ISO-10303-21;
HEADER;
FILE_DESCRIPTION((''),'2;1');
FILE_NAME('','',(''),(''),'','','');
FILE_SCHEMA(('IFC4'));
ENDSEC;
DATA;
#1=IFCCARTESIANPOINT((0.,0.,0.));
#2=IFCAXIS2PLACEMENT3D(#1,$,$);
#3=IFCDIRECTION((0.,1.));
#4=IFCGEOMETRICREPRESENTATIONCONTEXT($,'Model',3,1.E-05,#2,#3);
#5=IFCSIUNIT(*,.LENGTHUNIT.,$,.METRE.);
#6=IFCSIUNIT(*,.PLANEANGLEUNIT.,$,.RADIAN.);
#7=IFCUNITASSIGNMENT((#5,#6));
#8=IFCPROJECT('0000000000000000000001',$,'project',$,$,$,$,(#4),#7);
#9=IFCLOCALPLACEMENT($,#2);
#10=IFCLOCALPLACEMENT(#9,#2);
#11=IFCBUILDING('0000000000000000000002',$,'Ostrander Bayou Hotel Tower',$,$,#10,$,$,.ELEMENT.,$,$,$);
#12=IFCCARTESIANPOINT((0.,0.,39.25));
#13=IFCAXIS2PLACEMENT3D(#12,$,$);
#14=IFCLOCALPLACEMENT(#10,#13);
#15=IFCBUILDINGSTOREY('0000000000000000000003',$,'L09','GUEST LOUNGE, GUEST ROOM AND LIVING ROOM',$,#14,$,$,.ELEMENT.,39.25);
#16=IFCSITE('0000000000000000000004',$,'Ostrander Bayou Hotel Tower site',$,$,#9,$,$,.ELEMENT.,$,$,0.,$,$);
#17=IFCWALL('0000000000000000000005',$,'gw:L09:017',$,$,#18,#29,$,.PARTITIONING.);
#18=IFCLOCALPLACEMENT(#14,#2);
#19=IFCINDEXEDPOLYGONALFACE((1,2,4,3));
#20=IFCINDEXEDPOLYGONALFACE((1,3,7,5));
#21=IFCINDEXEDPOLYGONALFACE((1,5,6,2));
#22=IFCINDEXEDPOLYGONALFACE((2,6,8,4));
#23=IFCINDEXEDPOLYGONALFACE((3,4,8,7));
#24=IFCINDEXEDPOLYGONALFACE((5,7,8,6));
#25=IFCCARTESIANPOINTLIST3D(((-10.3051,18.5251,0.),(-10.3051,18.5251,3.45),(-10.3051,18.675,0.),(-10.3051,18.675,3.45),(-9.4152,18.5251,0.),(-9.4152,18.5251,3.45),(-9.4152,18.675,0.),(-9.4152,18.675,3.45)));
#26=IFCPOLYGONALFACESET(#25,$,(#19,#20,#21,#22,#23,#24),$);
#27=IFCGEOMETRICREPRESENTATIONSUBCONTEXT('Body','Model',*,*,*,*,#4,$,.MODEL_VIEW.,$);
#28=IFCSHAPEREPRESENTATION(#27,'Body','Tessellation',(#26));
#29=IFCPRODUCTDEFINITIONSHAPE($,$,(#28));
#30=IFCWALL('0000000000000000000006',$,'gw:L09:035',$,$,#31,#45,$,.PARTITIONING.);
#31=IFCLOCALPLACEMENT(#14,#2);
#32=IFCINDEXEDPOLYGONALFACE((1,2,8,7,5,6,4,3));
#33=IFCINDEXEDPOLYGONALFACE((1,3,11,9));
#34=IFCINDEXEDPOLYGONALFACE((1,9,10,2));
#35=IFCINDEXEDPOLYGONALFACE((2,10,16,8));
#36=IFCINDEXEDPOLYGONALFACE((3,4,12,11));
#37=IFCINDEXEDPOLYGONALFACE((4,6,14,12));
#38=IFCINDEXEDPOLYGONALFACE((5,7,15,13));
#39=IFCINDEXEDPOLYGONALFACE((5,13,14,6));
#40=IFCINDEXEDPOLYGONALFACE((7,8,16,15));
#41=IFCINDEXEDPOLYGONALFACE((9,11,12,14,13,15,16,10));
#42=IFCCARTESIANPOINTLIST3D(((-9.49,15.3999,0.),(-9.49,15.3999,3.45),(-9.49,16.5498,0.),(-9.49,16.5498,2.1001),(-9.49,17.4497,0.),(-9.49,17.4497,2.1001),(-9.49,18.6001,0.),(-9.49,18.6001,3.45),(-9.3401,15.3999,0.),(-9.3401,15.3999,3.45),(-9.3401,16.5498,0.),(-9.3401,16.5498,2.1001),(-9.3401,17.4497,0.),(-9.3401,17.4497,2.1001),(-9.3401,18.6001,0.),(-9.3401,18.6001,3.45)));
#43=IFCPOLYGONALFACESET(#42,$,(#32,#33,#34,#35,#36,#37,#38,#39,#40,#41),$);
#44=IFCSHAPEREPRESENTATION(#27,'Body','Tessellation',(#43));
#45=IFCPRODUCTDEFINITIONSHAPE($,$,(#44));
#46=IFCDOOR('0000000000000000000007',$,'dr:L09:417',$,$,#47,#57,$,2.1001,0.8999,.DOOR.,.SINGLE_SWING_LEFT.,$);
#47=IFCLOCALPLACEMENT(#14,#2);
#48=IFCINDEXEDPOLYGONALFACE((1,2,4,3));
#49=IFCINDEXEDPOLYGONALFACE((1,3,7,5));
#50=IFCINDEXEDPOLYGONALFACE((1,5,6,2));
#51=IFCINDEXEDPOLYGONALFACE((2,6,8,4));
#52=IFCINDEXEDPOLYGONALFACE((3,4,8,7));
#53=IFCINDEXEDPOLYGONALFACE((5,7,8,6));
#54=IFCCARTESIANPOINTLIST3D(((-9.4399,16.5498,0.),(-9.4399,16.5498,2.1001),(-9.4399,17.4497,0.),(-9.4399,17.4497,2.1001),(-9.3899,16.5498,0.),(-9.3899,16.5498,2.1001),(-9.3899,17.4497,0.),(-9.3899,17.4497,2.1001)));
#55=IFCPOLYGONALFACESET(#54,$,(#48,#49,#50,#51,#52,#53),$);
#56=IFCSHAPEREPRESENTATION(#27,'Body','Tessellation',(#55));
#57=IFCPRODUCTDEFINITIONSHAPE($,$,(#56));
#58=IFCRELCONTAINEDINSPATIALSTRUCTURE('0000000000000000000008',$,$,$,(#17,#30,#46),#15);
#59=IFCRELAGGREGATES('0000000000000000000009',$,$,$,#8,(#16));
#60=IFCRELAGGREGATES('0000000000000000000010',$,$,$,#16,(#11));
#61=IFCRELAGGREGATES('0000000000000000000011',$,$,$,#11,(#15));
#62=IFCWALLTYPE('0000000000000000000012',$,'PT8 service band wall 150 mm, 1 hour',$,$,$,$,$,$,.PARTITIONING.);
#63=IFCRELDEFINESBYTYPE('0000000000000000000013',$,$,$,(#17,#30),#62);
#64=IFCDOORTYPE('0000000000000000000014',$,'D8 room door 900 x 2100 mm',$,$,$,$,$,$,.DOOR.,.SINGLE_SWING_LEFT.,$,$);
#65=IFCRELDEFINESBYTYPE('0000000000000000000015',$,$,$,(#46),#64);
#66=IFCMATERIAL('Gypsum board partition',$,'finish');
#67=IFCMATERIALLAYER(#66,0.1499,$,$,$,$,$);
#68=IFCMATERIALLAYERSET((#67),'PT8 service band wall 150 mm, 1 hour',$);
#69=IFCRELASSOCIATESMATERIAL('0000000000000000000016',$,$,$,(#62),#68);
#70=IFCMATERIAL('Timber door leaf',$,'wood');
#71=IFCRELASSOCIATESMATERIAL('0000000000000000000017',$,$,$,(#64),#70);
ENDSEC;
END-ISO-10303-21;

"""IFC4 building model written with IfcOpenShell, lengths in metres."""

from ifc_helpers import new_model, si_unit, direction, frame, frame_2d, origin, place, context, subcontext, project, spatial, rectangle, extrude, material, layer, layer_set, type_object, element, fill, save


model = new_model("IFC4")

# Units and contexts
model_context = context("Model", 3, precision=1e-05, world=origin(), true_north=direction((0.0, 1.0)))
body_context = subcontext(model_context, "Body", "Model", "MODEL_VIEW")
ifc_project = project(units=[si_unit("LENGTHUNIT", "METRE"), si_unit("PLANEANGLEUNIT", "RADIAN")], contexts=[model_context])

# Site, building, storey
site_placement = place(None, origin())
site = spatial("IfcSite", under=ifc_project, at=site_placement, Name="Ostrander Bayou Hotel Tower site", CompositionType="ELEMENT", RefElevation=0.0)
building_placement = place(site_placement, origin())
building = spatial("IfcBuilding", under=site, at=building_placement, Name="Ostrander Bayou Hotel Tower", CompositionType="ELEMENT")
storey_placement = place(building_placement, frame((0.0, 0.0, 39.25)))
storey = spatial("IfcBuildingStorey", under=building, at=storey_placement, Name="L09", Description="GUEST LOUNGE, GUEST ROOM AND LIVING ROOM", CompositionType="ELEMENT", Elevation=39.25)

# Shared definitions
ifc_material_1 = material(Name="Gypsum board partition", Category="finish")
ifc_layer_1 = layer(ifc_material_1, 0.1499)
ifc_layer_set_1 = layer_set([ifc_layer_1], Name="PT8 service band wall 150 mm, 1 hour")
wall_type_1 = type_object("IfcWallType", Name="PT8 service band wall 150 mm, 1 hour", PredefinedType="PARTITIONING", material=ifc_layer_set_1)

# Wall
wall_1_placement = place(storey_placement, frame((-10.3049, 18.6001, 0.0), z_axis=(0.0, 0.0, 1.0), x_axis=(1.0, 0.0, 0.0)))
element("IfcWall", 1, at=wall_1_placement, inside=storey, type_object=wall_type_1, Name="gw:L09:017", PredefinedType="PARTITIONING", context=body_context, shape_type="SweptSolid", body=[
    extrude(rectangle(XDim=0.8899, YDim=0.1499, at=frame_2d((0.4448, 0.0))), origin(), (0.0, 0.0, 1.0), 3.45),
])

# Wall, opening, door
wall_2_placement = place(storey_placement, frame((-9.415, 15.3999, 0.0), z_axis=(0.0, 0.0, 1.0), x_axis=(0.0, 1.0, 0.0)))
wall_2 = element("IfcWall", 2, at=wall_2_placement, inside=storey, type_object=wall_type_1, Name="gw:L09:035", PredefinedType="PARTITIONING", context=body_context, shape_type="SweptSolid", body=[
    extrude(rectangle(XDim=3.2002, YDim=0.1499, at=frame_2d((1.6001, 0.0))), origin(), (0.0, 0.0, 1.0), 3.45),
])
opening_1_placement = place(wall_2_placement, frame((1.1499, 0.0, 0.0)))
opening_1 = element("IfcOpeningElement", 3, at=opening_1_placement, cuts=wall_2, PredefinedType="OPENING", context=body_context, shape_type="SweptSolid", body=[
    extrude(rectangle(XDim=0.8999, YDim=2.1001, at=frame_2d((0.45, 1.05))), frame((0.0, 0.075, 0.0), z_axis=(0.0, -1.0, 0.0), x_axis=(1.0, 0.0, 0.0)), (0.0, 0.0, 1.0), 0.1499),
])
ifc_material_2 = material(Name="Timber door leaf", Category="wood")
door_type_1 = type_object("IfcDoorType", Name="D8 room door 900 x 2100 mm", OperationType="SINGLE_SWING_LEFT", PredefinedType="DOOR", material=ifc_material_2)
door_1_placement = place(opening_1_placement, origin())
door_1 = element("IfcDoor", 4, at=door_1_placement, inside=storey, type_object=door_type_1, Name="dr:L09:417", OperationType="SINGLE_SWING_LEFT", OverallHeight=2.1001, OverallWidth=0.8999, PredefinedType="DOOR", context=body_context, shape_type="SweptSolid", body=[
    extrude(rectangle(XDim=0.8999, YDim=2.1001, at=frame_2d((0.45, 1.05))), frame((0.0, 0.0249, 0.0), z_axis=(0.0, -1.0, 0.0), x_axis=(1.0, 0.0, 0.0)), (0.0, 0.0, 1.0), 0.05),
])
fill(opening_1, door_1)

save(model, "model.ifc")
